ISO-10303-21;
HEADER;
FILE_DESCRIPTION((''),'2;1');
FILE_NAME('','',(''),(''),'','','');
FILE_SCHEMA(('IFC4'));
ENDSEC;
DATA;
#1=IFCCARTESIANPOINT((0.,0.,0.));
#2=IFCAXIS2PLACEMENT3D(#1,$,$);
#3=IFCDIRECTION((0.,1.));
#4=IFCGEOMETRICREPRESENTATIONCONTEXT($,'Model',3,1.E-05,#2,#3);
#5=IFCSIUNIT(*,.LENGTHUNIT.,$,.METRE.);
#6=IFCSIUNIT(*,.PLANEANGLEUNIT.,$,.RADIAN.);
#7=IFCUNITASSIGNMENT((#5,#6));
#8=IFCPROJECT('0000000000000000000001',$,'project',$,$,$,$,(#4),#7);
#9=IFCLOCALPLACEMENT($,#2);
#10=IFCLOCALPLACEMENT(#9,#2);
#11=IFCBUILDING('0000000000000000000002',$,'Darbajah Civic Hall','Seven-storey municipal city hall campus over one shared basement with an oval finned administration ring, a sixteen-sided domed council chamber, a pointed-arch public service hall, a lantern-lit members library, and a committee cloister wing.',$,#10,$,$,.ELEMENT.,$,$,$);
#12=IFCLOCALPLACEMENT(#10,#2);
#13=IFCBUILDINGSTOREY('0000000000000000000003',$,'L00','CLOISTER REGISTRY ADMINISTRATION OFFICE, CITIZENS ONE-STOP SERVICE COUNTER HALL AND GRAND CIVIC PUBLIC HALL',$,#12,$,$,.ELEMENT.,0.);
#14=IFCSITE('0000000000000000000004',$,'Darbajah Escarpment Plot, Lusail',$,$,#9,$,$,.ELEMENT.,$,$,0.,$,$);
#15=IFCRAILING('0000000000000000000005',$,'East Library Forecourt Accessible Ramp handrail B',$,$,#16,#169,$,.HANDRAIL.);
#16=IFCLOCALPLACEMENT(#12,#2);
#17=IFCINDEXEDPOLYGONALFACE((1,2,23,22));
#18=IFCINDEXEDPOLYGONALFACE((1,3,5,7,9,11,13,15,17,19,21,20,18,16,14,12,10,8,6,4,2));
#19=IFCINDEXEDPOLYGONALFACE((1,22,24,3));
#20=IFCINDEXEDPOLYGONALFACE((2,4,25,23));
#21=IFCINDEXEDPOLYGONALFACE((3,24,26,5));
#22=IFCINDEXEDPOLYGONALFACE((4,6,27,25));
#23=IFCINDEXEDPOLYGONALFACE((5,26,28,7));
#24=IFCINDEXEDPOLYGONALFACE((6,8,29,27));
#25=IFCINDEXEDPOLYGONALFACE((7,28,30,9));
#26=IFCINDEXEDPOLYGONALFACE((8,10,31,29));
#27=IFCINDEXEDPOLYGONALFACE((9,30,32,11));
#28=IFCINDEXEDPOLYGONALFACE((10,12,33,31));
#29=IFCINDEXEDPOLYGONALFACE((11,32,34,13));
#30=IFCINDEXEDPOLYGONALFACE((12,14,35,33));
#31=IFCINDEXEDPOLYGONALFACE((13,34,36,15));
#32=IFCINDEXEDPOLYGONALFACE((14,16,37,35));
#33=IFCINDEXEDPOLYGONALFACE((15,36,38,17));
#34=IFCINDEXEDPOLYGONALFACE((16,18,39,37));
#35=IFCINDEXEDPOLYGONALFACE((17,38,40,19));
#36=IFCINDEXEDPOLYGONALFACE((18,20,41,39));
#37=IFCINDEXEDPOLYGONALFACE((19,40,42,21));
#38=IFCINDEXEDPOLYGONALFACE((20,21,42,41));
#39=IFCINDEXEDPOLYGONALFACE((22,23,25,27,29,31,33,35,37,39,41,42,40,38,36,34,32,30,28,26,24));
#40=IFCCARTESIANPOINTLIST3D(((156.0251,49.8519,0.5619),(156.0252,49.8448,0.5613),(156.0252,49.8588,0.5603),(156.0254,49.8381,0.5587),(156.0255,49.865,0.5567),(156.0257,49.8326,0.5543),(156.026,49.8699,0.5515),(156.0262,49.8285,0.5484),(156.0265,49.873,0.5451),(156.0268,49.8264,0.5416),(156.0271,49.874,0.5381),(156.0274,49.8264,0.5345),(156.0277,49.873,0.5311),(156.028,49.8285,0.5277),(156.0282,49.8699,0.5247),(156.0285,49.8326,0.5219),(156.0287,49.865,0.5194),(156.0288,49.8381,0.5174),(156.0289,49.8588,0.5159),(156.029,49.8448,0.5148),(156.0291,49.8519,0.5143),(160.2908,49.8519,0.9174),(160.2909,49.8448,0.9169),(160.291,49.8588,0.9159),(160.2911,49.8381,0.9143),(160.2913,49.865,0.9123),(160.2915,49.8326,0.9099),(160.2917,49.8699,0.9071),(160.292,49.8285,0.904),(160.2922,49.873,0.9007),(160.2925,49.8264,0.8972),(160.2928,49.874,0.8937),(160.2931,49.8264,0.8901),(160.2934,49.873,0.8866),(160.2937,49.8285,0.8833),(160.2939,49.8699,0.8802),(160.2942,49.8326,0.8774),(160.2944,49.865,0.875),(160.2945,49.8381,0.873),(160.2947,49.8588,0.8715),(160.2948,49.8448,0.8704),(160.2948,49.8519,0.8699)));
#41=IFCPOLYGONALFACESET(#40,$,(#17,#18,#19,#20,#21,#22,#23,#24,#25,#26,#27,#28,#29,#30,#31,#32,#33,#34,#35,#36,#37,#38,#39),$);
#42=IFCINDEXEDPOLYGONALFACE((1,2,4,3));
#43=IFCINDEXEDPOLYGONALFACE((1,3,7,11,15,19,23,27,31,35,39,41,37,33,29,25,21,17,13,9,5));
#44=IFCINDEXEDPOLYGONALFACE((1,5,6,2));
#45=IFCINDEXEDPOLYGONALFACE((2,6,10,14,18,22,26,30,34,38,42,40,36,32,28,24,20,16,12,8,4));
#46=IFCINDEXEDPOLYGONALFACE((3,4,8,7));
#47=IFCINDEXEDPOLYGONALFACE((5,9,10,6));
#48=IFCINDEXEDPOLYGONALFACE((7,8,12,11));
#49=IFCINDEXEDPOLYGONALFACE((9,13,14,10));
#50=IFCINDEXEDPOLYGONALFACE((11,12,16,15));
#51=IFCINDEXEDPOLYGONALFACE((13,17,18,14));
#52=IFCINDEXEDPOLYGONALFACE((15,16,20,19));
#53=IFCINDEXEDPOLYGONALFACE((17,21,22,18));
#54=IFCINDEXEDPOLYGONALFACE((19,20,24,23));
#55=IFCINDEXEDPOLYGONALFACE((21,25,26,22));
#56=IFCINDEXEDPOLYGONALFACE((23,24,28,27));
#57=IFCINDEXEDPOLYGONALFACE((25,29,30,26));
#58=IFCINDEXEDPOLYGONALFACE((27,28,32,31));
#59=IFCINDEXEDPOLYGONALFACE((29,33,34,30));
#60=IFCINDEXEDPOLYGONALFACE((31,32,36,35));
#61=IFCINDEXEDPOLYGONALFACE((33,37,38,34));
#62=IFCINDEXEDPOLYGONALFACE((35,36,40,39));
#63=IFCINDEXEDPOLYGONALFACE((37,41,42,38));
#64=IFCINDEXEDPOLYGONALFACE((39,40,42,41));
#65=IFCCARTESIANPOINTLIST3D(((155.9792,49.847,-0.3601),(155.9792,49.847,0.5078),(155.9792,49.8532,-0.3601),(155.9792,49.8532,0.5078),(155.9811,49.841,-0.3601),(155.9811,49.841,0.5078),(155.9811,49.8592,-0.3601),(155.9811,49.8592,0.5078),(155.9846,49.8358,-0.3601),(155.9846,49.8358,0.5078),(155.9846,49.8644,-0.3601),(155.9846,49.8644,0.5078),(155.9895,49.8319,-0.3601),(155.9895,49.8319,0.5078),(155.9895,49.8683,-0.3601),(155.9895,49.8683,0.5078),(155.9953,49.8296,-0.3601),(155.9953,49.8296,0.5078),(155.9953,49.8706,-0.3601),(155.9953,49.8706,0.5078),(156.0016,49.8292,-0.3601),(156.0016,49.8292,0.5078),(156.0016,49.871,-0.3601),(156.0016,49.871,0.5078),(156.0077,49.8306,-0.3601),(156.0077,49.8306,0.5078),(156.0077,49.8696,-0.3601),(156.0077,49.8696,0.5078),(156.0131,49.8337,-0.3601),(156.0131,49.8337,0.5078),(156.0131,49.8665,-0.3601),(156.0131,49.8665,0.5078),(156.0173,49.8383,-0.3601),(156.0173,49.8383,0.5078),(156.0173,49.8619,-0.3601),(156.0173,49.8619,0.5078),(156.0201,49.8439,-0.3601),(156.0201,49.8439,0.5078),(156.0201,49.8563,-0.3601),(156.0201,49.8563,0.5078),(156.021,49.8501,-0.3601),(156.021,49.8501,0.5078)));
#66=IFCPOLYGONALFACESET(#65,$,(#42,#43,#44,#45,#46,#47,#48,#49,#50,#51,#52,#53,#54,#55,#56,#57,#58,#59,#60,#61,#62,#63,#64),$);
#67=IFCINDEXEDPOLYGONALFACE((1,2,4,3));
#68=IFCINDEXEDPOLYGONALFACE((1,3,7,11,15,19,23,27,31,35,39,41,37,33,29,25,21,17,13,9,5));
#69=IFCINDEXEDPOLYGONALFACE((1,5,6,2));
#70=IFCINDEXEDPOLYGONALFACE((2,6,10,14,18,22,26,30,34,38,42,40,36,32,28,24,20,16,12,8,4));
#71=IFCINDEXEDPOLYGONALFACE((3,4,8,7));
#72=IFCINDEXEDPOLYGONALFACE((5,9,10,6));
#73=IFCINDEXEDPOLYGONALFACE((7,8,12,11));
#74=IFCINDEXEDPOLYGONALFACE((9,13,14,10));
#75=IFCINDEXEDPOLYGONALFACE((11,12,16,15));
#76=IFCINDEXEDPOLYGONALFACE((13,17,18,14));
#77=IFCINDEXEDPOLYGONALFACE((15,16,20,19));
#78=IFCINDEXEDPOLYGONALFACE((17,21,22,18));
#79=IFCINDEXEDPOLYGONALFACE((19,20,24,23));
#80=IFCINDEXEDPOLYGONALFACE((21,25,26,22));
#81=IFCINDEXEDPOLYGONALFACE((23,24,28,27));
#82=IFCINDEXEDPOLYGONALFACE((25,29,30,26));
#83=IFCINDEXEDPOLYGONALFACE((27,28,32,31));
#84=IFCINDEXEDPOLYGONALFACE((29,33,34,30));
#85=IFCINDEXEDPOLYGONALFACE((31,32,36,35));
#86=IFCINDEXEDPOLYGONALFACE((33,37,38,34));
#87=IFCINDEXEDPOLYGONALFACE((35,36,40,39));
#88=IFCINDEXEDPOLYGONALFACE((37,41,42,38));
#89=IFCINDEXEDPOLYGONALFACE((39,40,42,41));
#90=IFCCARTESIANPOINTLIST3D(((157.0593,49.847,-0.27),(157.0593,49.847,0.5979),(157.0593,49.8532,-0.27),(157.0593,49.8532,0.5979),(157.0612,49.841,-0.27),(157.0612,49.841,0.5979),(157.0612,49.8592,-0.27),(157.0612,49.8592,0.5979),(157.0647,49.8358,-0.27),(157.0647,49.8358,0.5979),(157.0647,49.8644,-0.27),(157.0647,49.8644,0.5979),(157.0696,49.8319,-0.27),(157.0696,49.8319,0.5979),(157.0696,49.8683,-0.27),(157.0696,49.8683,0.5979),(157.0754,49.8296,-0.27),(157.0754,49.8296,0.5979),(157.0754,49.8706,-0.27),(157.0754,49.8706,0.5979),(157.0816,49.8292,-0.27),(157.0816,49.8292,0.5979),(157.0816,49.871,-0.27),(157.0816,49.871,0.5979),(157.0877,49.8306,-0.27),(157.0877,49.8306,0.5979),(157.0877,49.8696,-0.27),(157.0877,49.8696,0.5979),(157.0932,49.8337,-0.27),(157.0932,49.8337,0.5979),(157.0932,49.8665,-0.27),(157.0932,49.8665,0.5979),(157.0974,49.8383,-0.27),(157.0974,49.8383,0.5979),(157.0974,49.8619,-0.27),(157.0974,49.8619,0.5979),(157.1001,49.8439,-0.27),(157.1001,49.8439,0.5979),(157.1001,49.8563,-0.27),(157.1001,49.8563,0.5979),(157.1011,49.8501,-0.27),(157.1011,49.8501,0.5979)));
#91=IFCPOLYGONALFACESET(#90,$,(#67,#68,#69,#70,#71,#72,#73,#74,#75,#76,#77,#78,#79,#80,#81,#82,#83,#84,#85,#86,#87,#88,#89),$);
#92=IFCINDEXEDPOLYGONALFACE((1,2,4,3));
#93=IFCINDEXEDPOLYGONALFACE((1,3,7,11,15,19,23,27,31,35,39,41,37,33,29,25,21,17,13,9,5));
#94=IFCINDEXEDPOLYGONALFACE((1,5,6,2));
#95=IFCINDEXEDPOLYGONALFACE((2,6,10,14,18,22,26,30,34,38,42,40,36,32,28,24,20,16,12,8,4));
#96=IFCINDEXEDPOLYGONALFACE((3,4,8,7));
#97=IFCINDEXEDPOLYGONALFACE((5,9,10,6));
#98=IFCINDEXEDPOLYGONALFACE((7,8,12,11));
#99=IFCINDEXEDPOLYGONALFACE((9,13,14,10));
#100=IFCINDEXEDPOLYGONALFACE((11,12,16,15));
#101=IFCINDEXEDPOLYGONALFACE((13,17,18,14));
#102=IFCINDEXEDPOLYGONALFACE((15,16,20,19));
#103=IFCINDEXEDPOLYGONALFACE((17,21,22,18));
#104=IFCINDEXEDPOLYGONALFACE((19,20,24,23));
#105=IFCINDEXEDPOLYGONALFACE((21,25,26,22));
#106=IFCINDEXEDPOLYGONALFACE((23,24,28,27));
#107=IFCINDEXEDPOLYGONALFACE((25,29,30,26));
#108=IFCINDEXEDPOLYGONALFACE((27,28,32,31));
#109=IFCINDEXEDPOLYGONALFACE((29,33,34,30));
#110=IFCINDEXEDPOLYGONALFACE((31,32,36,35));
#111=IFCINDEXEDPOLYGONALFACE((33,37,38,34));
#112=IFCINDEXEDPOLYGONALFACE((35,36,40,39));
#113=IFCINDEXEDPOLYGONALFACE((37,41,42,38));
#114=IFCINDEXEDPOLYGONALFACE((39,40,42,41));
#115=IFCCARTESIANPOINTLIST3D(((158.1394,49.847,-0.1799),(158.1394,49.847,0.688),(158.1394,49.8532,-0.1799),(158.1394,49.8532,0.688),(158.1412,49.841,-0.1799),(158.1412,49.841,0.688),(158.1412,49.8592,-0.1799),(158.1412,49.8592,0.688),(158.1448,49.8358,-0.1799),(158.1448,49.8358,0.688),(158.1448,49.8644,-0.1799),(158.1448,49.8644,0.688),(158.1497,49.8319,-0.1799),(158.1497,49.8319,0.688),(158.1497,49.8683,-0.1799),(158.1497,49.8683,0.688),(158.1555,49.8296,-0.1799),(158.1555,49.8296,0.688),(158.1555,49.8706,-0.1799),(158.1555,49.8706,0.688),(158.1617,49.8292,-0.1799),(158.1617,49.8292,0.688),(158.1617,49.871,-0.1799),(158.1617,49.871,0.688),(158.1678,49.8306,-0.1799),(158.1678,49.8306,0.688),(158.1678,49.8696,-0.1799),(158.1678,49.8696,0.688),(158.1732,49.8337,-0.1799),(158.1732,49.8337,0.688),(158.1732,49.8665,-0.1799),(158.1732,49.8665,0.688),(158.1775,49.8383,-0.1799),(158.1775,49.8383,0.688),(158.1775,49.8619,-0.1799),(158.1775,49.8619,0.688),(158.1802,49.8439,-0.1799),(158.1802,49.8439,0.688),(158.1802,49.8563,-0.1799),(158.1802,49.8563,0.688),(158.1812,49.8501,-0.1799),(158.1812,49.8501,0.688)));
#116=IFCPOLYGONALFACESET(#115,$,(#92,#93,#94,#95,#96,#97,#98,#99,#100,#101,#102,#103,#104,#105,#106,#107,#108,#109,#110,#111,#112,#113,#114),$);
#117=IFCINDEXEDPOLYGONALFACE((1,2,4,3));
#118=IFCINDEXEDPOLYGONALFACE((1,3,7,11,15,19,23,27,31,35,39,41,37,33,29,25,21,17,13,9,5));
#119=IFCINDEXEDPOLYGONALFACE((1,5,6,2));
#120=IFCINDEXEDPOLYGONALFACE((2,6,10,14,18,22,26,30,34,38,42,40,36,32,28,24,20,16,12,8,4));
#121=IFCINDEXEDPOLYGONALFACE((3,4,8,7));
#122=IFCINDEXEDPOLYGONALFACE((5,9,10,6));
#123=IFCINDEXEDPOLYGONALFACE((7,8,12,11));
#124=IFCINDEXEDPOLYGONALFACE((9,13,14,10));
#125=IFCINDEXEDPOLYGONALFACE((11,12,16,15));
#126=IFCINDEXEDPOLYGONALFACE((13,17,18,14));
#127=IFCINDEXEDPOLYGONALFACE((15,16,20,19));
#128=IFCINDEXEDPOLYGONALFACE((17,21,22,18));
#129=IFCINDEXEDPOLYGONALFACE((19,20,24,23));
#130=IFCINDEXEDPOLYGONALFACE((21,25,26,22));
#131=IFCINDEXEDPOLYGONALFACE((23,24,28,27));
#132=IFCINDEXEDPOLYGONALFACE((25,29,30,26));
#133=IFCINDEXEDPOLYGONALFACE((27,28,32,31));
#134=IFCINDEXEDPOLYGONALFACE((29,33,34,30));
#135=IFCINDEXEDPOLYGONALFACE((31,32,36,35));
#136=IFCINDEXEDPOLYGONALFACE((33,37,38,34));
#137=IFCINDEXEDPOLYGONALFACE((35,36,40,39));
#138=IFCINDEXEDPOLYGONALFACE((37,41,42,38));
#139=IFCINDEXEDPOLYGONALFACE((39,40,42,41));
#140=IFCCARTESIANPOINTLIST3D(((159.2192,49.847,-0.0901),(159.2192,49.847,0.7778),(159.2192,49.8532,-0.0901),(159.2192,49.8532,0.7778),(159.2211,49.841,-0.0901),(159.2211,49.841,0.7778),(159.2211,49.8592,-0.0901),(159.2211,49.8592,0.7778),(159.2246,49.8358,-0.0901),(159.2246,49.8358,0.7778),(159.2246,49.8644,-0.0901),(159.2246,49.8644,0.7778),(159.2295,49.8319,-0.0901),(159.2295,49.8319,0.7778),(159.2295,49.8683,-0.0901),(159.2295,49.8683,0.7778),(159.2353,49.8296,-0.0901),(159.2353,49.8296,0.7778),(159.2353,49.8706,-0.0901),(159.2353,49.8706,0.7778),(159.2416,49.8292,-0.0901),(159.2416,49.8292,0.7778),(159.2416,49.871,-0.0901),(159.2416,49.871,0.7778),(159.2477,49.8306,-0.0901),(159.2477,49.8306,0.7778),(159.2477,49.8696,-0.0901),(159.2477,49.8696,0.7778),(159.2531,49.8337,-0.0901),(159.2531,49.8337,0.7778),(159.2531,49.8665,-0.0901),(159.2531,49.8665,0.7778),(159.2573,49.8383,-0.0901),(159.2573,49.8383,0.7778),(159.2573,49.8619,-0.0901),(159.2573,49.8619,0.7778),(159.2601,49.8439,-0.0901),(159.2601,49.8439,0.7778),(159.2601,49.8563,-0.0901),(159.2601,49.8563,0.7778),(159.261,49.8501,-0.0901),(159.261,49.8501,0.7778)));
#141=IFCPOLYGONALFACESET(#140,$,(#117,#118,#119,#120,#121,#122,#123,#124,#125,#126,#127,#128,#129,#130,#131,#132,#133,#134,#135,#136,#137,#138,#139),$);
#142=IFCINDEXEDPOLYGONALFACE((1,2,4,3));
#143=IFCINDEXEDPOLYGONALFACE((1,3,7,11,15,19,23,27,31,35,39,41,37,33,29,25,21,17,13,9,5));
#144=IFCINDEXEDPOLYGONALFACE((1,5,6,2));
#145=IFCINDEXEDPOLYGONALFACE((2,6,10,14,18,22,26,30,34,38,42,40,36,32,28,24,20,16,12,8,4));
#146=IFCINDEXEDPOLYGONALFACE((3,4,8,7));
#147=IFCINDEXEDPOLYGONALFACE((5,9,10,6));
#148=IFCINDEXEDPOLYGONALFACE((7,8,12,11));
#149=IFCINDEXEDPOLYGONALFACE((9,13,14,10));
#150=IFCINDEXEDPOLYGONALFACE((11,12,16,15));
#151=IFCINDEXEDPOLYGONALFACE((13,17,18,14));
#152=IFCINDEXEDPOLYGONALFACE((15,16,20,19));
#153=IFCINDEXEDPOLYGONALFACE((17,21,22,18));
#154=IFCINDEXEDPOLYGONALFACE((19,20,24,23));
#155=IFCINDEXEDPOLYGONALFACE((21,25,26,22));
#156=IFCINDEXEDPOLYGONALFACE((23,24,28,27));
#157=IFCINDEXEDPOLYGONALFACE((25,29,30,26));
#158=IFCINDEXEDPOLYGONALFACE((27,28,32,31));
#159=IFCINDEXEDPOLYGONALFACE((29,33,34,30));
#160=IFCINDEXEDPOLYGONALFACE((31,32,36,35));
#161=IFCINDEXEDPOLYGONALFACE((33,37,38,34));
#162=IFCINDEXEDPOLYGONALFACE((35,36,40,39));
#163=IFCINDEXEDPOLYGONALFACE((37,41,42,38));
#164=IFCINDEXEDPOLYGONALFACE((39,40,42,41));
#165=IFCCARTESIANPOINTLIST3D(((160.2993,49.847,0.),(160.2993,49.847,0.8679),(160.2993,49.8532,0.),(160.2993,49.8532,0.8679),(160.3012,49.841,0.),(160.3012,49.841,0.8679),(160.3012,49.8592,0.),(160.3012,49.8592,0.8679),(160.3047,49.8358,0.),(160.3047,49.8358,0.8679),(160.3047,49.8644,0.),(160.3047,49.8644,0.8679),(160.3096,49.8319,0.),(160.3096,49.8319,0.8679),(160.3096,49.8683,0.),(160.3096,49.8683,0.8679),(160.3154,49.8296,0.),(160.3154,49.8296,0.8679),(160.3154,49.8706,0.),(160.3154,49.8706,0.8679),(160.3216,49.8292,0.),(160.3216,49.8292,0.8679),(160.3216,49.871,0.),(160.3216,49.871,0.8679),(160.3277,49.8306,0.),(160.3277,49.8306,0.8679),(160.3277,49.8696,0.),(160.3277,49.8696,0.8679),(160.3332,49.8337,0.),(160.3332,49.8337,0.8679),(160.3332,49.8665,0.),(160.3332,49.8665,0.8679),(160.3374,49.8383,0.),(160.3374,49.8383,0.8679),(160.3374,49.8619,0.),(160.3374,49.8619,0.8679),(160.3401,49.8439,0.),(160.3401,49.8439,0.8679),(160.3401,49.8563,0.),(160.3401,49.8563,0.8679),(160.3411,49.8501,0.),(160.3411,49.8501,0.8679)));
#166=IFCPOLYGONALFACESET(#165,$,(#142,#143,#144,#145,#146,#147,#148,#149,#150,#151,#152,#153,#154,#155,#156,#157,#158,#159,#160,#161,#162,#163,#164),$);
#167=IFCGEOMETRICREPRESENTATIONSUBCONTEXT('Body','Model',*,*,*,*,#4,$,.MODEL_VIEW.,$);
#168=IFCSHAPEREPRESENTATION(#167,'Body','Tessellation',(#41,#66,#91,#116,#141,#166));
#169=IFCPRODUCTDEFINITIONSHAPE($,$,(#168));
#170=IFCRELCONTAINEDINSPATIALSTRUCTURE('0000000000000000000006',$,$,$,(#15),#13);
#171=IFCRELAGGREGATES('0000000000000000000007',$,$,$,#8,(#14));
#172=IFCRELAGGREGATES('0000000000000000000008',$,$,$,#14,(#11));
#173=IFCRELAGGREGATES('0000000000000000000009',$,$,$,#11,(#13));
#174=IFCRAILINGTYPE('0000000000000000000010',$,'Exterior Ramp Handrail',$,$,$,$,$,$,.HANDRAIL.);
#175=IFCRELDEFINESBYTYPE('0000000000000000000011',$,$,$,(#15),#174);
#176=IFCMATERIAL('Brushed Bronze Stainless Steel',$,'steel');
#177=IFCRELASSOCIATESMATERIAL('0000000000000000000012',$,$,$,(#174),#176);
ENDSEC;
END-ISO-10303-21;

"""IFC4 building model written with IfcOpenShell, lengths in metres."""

from ifc_helpers import new_model, si_unit, direction, frame, origin, origin_2d, place, context, subcontext, project, spatial, circle, extrude, material, type_object, element, save


model = new_model("IFC4")

# Units and contexts
model_context = context("Model", 3, precision=1e-05, world=origin(), true_north=direction((0.0, 1.0)))
body_context = subcontext(model_context, "Body", "Model", "MODEL_VIEW")
ifc_project = project(units=[si_unit("LENGTHUNIT", "METRE"), si_unit("PLANEANGLEUNIT", "RADIAN")], contexts=[model_context])

# Site, building, storey
site_placement = place(None, origin())
site = spatial("IfcSite", under=ifc_project, at=site_placement, Name="Darbajah Escarpment Plot, Lusail", CompositionType="ELEMENT", RefElevation=0.0)
building_placement = place(site_placement, origin())
building = spatial("IfcBuilding", under=site, at=building_placement, Name="Darbajah Civic Hall", Description="Seven-storey municipal city hall campus over one shared basement with an oval finned administration ring, a sixteen-sided domed council chamber, a pointed-arch public service hall, a lantern-lit members library, and a committee cloister wing.", CompositionType="ELEMENT")
storey_placement = place(building_placement, origin())
storey = spatial("IfcBuildingStorey", under=building, at=storey_placement, Name="L00", Description="CLOISTER REGISTRY ADMINISTRATION OFFICE, CITIZENS ONE-STOP SERVICE COUNTER HALL AND GRAND CIVIC PUBLIC HALL", CompositionType="ELEMENT", Elevation=0.0)

# Railing
ifc_material_1 = material(Name="Brushed Bronze Stainless Steel", Category="steel")
railing_type = type_object("IfcRailingType", Name="Exterior Ramp Handrail", PredefinedType="HANDRAIL", material=ifc_material_1)
for number, where, name in (
    (1, (156.0, 49.8501, -0.3601), "East Library Forecourt Accessible Ramp handrail B"),
):
    element("IfcRailing", number, at=place(storey_placement, frame(where)), inside=storey, type_object=railing_type, Name=name, PredefinedType="HANDRAIL", context=body_context, shape_type="SweptSolid", body=[
        extrude(circle(Radius=0.0239, at=origin_2d()), frame((0.0271, 0.0, 0.8982), z_axis=(0.996544, 0.0, 0.083069), x_axis=(0.0, 1.0, 0.0)), (0.0, 0.0, 1.0), 4.2805),
        extrude(circle(Radius=0.021, at=origin_2d()), origin(), (0.0, 0.0, 1.0), 0.8679),
        extrude(circle(Radius=0.021, at=origin_2d()), frame((1.0801, 0.0, 0.0901)), (0.0, 0.0, 1.0), 0.8679),
        extrude(circle(Radius=0.021, at=origin_2d()), frame((2.1602, 0.0, 0.1802)), (0.0, 0.0, 1.0), 0.8679),
        extrude(circle(Radius=0.021, at=origin_2d()), frame((3.24, 0.0, 0.27)), (0.0, 0.0, 1.0), 0.8679),
        extrude(circle(Radius=0.021, at=origin_2d()), frame((4.3201, 0.0, 0.3601)), (0.0, 0.0, 1.0), 0.8679),
    ])

save(model, "model.ifc")
